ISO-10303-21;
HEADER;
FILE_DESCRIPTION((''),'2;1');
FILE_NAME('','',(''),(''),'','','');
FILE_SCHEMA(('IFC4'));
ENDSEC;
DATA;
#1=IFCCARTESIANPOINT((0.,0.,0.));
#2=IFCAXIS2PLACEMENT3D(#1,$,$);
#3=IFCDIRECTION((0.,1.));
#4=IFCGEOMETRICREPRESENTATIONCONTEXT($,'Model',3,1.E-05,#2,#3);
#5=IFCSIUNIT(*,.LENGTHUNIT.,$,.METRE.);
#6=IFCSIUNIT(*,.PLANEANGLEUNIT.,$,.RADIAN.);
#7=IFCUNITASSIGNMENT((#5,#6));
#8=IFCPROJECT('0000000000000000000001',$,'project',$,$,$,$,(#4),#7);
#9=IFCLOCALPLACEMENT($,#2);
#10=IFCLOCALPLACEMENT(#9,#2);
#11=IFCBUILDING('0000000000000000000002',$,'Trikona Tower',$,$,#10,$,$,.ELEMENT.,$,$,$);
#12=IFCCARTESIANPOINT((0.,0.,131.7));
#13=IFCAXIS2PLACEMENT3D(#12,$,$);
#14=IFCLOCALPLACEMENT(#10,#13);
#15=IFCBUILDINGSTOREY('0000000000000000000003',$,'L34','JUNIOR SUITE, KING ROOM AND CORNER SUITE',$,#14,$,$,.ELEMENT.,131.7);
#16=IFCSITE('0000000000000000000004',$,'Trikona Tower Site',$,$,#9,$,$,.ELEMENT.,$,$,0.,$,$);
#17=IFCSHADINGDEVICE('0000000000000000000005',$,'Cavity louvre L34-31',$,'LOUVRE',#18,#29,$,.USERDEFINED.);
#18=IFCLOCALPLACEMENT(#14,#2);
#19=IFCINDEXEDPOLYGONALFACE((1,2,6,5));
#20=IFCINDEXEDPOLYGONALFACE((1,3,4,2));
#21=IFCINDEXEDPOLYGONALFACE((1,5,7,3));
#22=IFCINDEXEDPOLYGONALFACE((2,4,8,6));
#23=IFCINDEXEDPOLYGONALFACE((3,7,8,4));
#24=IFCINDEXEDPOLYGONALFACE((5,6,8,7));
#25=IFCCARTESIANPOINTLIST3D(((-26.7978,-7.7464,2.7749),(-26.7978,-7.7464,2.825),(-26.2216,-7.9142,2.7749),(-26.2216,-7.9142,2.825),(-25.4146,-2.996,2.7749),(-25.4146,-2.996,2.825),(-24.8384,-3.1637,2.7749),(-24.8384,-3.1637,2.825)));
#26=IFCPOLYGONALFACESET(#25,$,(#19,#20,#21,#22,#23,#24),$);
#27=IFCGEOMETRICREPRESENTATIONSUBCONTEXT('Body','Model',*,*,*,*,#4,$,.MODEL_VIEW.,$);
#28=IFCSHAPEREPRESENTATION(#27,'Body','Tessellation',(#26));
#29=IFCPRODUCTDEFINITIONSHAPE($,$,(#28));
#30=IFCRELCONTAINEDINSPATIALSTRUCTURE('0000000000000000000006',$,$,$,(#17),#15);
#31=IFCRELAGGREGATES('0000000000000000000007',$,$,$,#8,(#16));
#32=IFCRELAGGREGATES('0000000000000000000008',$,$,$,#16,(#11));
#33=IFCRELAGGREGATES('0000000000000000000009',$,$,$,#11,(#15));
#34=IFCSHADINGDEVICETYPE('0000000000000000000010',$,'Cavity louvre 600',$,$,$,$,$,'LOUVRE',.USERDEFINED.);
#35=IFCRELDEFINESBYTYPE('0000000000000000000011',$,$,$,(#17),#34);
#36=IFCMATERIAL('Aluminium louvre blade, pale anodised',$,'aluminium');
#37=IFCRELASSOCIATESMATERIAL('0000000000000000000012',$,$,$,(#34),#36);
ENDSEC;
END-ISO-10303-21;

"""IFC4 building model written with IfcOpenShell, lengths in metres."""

from ifc_helpers import new_model, si_unit, direction, frame, origin, origin_2d, place, context, subcontext, project, spatial, rectangle, extrude, material, type_object, element, save


model = new_model("IFC4")

# Units and contexts
model_context = context("Model", 3, precision=1e-05, world=origin(), true_north=direction((0.0, 1.0)))
body_context = subcontext(model_context, "Body", "Model", "MODEL_VIEW")
ifc_project = project(units=[si_unit("LENGTHUNIT", "METRE"), si_unit("PLANEANGLEUNIT", "RADIAN")], contexts=[model_context])

# Site, building, storey
site_placement = place(None, origin())
site = spatial("IfcSite", under=ifc_project, at=site_placement, Name="Trikona Tower Site", CompositionType="ELEMENT", RefElevation=0.0)
building_placement = place(site_placement, origin())
building = spatial("IfcBuilding", under=site, at=building_placement, Name="Trikona Tower", CompositionType="ELEMENT")
storey_placement = place(building_placement, frame((0.0, 0.0, 131.7)))
storey = spatial("IfcBuildingStorey", under=building, at=storey_placement, Name="L34", Description="JUNIOR SUITE, KING ROOM AND CORNER SUITE", CompositionType="ELEMENT", Elevation=131.7)

# Shading device
ifc_material_1 = material(Name="Aluminium louvre blade, pale anodised", Category="aluminium")
shading_device_type = type_object("IfcShadingDeviceType", Name="Cavity louvre 600", ElementType="LOUVRE", PredefinedType="USERDEFINED", material=ifc_material_1)
shading_device_1_placement = place(storey_placement, frame((-25.8181, -5.4551, 2.7749), z_axis=(0.0, 0.0, 1.0), x_axis=(-0.279554, -0.96013, 0.0)))
element("IfcShadingDevice", 1, at=shading_device_1_placement, inside=storey, type_object=shading_device_type, Name="Cavity louvre L34-31", ObjectType="LOUVRE", PredefinedType="USERDEFINED", context=body_context, shape_type="SweptSolid", body=[
    extrude(rectangle(XDim=4.9478, YDim=0.6001, at=origin_2d()), origin(), (0.0, 0.0, 1.0), 0.05),
])

save(model, "model.ifc")
